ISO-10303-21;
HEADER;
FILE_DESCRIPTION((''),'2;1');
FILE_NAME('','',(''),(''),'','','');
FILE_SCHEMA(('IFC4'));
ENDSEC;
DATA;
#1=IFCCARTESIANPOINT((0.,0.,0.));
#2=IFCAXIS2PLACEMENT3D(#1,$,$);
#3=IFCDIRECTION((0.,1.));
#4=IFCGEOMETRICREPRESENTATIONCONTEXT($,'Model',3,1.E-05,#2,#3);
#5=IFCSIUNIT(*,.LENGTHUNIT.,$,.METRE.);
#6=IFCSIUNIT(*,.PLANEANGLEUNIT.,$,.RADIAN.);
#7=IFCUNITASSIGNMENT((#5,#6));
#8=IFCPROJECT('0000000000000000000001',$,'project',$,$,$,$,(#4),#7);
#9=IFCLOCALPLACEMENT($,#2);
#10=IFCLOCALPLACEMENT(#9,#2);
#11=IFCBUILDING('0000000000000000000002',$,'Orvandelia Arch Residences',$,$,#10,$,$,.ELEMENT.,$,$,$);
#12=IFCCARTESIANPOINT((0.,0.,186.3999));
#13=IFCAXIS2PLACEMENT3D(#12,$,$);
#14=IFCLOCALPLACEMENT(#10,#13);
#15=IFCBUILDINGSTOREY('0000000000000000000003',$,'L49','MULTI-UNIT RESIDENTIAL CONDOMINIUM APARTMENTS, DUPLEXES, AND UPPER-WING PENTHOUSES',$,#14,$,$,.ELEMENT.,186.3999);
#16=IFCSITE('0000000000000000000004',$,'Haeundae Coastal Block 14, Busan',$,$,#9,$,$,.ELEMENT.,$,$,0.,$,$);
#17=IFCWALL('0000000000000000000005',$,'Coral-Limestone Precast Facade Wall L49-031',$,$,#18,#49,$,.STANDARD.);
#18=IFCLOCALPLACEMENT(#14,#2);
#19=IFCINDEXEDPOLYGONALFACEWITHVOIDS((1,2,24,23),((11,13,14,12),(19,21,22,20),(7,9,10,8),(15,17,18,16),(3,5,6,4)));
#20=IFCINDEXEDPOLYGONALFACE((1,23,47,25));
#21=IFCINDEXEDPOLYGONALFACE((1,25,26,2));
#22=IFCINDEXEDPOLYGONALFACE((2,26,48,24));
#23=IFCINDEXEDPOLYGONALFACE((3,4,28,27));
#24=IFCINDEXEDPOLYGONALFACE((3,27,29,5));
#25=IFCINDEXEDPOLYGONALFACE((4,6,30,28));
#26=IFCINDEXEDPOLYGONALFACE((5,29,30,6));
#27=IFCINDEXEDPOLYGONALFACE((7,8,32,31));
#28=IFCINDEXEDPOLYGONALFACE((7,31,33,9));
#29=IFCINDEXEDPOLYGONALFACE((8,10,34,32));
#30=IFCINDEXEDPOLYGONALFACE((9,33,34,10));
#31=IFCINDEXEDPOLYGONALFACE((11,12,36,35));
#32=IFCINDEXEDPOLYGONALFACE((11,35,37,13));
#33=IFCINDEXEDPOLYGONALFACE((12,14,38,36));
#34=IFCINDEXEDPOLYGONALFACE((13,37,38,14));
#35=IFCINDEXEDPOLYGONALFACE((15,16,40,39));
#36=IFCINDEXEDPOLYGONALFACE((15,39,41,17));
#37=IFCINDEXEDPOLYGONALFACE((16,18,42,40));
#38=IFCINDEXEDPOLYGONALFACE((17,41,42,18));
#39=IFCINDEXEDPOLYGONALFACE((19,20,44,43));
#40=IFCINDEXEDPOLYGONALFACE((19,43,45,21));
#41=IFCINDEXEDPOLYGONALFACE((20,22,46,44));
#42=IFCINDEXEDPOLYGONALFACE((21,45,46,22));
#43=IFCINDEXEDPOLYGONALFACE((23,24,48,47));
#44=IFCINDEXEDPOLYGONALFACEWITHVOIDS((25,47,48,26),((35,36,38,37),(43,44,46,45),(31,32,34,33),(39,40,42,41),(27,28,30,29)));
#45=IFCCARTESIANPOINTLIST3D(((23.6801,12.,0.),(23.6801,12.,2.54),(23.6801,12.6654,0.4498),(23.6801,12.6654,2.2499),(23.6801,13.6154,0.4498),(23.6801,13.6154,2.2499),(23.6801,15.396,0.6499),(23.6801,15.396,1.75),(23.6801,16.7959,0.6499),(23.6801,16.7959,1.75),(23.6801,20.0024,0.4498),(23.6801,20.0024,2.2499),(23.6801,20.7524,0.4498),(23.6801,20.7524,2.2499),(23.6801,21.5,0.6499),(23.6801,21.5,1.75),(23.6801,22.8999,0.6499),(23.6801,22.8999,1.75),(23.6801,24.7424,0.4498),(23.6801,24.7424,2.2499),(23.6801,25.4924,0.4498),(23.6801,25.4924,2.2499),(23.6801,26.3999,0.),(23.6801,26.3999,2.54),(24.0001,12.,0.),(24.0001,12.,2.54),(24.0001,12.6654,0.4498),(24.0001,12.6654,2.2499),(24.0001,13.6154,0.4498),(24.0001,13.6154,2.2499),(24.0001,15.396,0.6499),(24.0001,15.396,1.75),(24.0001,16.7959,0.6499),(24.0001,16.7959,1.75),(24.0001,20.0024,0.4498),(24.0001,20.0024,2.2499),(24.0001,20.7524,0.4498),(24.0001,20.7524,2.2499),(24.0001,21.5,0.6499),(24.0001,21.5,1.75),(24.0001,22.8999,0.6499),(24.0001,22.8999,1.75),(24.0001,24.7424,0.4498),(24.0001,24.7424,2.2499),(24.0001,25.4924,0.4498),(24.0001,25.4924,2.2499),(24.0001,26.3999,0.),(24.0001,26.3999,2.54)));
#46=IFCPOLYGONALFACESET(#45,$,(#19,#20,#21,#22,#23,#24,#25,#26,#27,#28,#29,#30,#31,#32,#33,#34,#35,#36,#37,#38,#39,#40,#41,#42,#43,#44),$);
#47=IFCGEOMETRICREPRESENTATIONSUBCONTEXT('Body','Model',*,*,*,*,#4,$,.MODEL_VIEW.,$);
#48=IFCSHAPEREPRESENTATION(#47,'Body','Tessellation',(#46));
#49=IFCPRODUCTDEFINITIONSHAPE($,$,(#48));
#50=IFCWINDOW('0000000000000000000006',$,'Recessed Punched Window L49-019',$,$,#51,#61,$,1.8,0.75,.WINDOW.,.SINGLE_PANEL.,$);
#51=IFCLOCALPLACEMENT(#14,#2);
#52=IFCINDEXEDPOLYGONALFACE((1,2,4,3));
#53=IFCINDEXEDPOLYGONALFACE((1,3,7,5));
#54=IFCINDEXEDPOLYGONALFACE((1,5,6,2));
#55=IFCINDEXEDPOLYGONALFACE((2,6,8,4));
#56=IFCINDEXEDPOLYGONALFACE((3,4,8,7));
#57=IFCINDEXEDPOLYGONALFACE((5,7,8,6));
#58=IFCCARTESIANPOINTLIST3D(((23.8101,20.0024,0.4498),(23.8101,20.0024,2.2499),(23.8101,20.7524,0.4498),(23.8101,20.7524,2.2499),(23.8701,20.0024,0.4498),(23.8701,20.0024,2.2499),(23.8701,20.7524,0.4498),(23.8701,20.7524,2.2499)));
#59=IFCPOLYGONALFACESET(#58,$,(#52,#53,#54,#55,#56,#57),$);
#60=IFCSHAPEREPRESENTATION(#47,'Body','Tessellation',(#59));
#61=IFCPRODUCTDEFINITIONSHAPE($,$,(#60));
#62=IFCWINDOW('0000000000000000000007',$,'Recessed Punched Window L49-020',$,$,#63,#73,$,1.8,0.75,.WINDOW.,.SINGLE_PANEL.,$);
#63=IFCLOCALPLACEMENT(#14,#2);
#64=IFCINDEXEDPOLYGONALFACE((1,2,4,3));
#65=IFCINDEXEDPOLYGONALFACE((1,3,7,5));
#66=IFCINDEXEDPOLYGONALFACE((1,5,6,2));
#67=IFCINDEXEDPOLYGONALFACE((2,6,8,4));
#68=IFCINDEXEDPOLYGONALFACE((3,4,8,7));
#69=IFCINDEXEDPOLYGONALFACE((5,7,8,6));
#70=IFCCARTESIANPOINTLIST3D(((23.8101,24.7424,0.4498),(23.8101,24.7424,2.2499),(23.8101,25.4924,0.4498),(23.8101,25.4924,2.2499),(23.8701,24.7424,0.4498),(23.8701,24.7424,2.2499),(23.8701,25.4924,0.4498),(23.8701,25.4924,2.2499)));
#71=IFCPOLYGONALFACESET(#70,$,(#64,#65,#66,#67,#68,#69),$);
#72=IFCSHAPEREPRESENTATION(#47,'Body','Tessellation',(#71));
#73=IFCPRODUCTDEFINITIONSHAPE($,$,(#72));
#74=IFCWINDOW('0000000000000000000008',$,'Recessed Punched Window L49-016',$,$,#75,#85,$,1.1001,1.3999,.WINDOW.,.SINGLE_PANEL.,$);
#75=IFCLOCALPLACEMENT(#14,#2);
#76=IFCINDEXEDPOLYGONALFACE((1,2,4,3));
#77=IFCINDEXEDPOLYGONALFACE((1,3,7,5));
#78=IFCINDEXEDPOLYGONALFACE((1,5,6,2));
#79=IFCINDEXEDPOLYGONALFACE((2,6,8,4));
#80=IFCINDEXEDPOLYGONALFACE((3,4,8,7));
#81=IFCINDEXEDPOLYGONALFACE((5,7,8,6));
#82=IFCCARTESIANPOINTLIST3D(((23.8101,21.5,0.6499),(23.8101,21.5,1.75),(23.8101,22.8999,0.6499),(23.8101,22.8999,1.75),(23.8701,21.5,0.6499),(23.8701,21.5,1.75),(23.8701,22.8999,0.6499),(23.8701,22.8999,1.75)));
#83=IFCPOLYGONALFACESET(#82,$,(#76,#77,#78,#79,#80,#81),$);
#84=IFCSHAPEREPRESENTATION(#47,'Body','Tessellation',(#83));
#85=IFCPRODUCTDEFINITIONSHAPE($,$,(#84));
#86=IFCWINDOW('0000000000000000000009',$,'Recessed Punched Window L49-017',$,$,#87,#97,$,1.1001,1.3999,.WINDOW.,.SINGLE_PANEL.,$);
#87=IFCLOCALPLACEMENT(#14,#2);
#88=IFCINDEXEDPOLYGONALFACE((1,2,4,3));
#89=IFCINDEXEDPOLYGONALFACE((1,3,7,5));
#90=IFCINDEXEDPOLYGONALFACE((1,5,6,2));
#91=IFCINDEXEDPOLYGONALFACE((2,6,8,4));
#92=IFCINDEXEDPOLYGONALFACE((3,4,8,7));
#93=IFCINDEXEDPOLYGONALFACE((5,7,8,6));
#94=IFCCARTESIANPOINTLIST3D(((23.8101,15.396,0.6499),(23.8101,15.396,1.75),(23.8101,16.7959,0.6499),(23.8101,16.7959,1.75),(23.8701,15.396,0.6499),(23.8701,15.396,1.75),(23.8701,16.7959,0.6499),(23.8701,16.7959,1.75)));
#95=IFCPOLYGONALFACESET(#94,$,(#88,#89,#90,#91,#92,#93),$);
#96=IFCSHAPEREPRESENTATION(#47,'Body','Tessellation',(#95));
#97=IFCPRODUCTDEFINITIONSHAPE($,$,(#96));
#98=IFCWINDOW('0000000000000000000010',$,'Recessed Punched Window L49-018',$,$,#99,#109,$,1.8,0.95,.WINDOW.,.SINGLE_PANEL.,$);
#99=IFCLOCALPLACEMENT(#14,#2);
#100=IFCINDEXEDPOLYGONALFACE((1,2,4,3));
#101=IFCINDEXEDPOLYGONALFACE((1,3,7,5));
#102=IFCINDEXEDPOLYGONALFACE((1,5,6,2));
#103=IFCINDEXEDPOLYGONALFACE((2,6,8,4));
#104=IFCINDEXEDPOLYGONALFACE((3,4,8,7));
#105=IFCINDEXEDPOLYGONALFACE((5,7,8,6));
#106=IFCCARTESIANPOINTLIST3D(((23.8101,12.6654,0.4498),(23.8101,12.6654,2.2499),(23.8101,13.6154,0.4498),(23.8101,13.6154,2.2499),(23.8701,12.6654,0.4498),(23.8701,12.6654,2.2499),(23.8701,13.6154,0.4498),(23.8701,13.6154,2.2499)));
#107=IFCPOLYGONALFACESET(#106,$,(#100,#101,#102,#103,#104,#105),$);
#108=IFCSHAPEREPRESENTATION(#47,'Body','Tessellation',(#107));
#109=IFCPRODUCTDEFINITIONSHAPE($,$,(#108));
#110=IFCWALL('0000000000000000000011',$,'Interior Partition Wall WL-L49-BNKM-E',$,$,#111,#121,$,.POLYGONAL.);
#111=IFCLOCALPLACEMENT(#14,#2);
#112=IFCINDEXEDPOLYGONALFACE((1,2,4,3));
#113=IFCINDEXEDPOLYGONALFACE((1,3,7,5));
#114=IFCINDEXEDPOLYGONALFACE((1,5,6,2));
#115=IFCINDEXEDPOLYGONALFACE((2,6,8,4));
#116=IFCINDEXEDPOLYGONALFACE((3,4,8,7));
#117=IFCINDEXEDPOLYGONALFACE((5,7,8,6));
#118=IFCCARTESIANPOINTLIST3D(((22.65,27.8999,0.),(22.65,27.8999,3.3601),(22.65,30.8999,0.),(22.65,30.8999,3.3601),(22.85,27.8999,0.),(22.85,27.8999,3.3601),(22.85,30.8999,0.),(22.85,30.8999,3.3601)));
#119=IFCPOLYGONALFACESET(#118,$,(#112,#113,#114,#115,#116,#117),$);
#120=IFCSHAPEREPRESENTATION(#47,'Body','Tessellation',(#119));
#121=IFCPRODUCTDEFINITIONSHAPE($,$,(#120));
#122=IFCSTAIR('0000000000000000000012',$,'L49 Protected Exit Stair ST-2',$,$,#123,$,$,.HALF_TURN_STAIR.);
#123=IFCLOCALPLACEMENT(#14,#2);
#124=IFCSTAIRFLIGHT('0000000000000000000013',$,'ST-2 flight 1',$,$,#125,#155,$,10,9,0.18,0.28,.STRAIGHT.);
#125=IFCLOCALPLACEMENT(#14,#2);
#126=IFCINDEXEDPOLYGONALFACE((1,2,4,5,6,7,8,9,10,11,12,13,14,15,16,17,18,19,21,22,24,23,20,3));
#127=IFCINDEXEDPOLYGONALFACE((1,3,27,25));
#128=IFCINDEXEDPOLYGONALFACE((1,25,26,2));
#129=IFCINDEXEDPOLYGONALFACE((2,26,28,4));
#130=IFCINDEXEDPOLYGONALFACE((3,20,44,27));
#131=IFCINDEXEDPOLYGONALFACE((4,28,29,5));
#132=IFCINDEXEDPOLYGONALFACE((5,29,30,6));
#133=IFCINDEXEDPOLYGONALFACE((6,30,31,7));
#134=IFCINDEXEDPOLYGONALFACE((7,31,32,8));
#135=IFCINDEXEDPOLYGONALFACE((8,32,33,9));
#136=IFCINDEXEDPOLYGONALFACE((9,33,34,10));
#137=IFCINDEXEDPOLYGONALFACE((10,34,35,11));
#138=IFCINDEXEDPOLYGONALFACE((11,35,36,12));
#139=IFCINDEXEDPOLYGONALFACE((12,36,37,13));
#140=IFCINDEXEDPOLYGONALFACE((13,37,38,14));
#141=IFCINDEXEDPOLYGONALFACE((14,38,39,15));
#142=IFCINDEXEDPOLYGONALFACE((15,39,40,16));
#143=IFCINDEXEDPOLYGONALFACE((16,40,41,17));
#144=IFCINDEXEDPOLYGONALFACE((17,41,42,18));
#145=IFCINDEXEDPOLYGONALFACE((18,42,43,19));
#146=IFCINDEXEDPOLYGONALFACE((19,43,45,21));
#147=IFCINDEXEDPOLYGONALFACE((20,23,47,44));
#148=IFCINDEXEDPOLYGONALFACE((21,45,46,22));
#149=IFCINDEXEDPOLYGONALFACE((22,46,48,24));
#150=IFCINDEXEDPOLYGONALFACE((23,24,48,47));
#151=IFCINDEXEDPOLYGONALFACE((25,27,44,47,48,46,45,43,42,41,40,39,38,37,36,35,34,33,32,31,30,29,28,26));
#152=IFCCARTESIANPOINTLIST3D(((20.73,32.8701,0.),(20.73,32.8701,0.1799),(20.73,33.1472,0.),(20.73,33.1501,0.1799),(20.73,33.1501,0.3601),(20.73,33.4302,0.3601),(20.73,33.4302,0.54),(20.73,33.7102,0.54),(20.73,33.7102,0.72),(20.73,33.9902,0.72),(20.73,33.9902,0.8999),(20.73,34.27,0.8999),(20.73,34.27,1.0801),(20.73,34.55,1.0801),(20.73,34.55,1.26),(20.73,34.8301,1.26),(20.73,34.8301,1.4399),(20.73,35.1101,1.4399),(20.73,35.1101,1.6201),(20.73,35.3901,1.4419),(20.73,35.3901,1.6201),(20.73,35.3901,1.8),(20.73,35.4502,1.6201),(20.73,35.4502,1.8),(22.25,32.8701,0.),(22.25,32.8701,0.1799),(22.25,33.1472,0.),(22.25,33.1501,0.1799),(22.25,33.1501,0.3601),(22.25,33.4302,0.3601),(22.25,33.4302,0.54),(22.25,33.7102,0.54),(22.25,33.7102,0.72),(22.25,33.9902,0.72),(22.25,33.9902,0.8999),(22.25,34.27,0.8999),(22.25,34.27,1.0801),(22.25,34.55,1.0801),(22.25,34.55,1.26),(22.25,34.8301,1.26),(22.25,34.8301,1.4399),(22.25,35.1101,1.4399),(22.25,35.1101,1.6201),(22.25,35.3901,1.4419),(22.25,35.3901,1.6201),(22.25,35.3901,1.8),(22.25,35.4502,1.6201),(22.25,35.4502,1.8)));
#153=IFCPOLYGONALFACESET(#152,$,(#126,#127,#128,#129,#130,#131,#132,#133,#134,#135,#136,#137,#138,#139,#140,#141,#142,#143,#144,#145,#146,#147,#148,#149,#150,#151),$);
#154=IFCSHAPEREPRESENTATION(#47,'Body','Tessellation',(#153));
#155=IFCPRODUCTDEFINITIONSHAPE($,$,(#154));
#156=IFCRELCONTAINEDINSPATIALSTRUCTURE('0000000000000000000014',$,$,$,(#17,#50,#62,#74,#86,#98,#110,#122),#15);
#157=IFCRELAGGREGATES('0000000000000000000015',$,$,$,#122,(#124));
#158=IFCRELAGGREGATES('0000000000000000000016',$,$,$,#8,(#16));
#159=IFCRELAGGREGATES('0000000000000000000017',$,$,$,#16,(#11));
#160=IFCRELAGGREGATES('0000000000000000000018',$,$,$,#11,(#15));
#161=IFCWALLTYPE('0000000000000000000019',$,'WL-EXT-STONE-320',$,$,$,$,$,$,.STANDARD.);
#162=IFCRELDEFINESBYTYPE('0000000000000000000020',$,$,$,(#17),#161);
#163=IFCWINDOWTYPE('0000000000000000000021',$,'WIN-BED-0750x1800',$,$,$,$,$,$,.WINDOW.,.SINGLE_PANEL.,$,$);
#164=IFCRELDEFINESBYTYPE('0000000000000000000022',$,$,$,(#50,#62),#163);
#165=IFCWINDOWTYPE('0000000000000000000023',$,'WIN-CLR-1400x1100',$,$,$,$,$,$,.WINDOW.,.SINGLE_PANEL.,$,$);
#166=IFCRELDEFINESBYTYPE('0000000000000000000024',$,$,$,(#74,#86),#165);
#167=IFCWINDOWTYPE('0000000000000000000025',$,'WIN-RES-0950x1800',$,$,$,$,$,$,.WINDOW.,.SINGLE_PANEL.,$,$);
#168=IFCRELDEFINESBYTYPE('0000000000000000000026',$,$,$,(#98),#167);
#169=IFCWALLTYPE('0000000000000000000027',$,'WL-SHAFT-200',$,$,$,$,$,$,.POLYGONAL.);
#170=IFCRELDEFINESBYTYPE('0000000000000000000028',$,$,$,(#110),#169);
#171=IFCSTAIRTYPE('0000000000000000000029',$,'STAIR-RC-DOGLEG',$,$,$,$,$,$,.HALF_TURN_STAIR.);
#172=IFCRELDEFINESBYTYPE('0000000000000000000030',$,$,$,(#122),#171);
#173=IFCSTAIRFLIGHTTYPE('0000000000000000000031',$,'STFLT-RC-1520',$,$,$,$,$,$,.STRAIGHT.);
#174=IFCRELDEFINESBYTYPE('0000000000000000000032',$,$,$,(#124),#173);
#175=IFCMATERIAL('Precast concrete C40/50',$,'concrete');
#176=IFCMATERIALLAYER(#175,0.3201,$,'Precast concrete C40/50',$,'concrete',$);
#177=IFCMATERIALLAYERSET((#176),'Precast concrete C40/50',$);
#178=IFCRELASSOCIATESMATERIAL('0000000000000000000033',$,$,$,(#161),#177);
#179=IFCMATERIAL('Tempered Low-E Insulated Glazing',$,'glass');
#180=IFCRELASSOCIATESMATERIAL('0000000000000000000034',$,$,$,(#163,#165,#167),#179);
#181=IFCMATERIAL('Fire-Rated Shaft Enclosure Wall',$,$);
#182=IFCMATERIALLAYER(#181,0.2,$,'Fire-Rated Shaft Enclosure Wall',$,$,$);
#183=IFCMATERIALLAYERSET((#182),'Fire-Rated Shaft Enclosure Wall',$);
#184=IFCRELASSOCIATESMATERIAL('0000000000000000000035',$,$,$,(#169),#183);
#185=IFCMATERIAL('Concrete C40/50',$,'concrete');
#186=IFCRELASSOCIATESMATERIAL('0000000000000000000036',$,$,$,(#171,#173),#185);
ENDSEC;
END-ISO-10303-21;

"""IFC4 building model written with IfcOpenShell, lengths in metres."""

from ifc_helpers import new_model, si_unit, direction, frame, frame_2d, origin, place, context, subcontext, project, spatial, polyline, rectangle, outline, extrude, material, layer, layer_set, type_object, element, fill, aggregate, save


model = new_model("IFC4")

# Units and contexts
model_context = context("Model", 3, precision=1e-05, world=origin(), true_north=direction((0.0, 1.0)))
body_context = subcontext(model_context, "Body", "Model", "MODEL_VIEW")
ifc_project = project(units=[si_unit("LENGTHUNIT", "METRE"), si_unit("PLANEANGLEUNIT", "RADIAN")], contexts=[model_context])

# Site, building, storey
site_placement = place(None, origin())
site = spatial("IfcSite", under=ifc_project, at=site_placement, Name="Haeundae Coastal Block 14, Busan", CompositionType="ELEMENT", RefElevation=0.0)
building_placement = place(site_placement, origin())
building = spatial("IfcBuilding", under=site, at=building_placement, Name="Orvandelia Arch Residences", CompositionType="ELEMENT")
storey_placement = place(building_placement, frame((0.0, 0.0, 186.3999)))
storey = spatial("IfcBuildingStorey", under=building, at=storey_placement, Name="L49", Description="MULTI-UNIT RESIDENTIAL CONDOMINIUM APARTMENTS, DUPLEXES, AND UPPER-WING PENTHOUSES", CompositionType="ELEMENT", Elevation=186.3999)

# Shared definitions
ifc_material_1 = material(Name="Precast concrete C40/50", Category="concrete")
ifc_layer_1 = layer(ifc_material_1, 0.3201, Name="Precast concrete C40/50", Category="concrete")
ifc_layer_set_1 = layer_set([ifc_layer_1], Name="Precast concrete C40/50")
wall_type_1 = type_object("IfcWallType", Name="WL-EXT-STONE-320", PredefinedType="STANDARD", material=ifc_layer_set_1)

# Wall, openings, windows
wall_1_placement = place(storey_placement, frame((23.8401, 26.3999, 0.0), z_axis=(0.0, 0.0, 1.0), x_axis=(0.0, -1.0, 0.0)))
wall_1 = element("IfcWall", 1, at=wall_1_placement, inside=storey, type_object=wall_type_1, Name="Coral-Limestone Precast Facade Wall L49-031", PredefinedType="STANDARD", context=body_context, shape_type="SweptSolid", body=[
    extrude(rectangle(XDim=14.3999, YDim=0.3201, at=frame_2d((7.2, 0.0))), origin(), (0.0, 0.0, 1.0), 2.54),
])
opening_1_placement = place(wall_1_placement, frame((3.5, 0.0, 0.6499)))
opening_1 = element("IfcOpeningElement", 2, at=opening_1_placement, cuts=wall_1, PredefinedType="OPENING", context=body_context, shape_type="SweptSolid", body=[
    extrude(rectangle(XDim=1.3999, YDim=1.1001, at=frame_2d((0.7, 0.55))), frame((0.0, 0.1699, 0.0), z_axis=(0.0, -1.0, 0.0), x_axis=(1.0, 0.0, 0.0)), (0.0, 0.0, 1.0), 0.3401),
])
opening_2_placement = place(wall_1_placement, frame((9.604, 0.0, 0.6499)))
opening_2 = element("IfcOpeningElement", 3, at=opening_2_placement, cuts=wall_1, PredefinedType="OPENING", context=body_context, shape_type="SweptSolid", body=[
    extrude(rectangle(XDim=1.3999, YDim=1.1001, at=frame_2d((0.7, 0.55))), frame((0.0, 0.1699, 0.0), z_axis=(0.0, -1.0, 0.0), x_axis=(1.0, 0.0, 0.0)), (0.0, 0.0, 1.0), 0.3401),
])
opening_3_placement = place(wall_1_placement, frame((12.7844, 0.0, 0.45)))
opening_3 = element("IfcOpeningElement", 4, at=opening_3_placement, cuts=wall_1, PredefinedType="OPENING", context=body_context, shape_type="SweptSolid", body=[
    extrude(rectangle(XDim=0.95, YDim=1.8, at=frame_2d((0.4751, 0.8999))), frame((0.0, 0.1699, 0.0), z_axis=(0.0, -1.0, 0.0), x_axis=(1.0, 0.0, 0.0)), (0.0, 0.0, 1.0), 0.3401),
])
opening_4_placement = place(wall_1_placement, frame((5.6475, 0.0, 0.45)))
opening_4 = element("IfcOpeningElement", 5, at=opening_4_placement, cuts=wall_1, PredefinedType="OPENING", context=body_context, shape_type="SweptSolid", body=[
    extrude(rectangle(XDim=0.75, YDim=1.8, at=frame_2d((0.375, 0.8999))), frame((0.0, 0.1699, 0.0), z_axis=(0.0, -1.0, 0.0), x_axis=(1.0, 0.0, 0.0)), (0.0, 0.0, 1.0), 0.3401),
])
opening_5_placement = place(wall_1_placement, frame((0.9075, 0.0, 0.45)))
opening_5 = element("IfcOpeningElement", 6, at=opening_5_placement, cuts=wall_1, PredefinedType="OPENING", context=body_context, shape_type="SweptSolid", body=[
    extrude(rectangle(XDim=0.75, YDim=1.8, at=frame_2d((0.375, 0.8999))), frame((0.0, 0.1699, 0.0), z_axis=(0.0, -1.0, 0.0), x_axis=(1.0, 0.0, 0.0)), (0.0, 0.0, 1.0), 0.3401),
])
ifc_material_2 = material(Name="Tempered Low-E Insulated Glazing", Category="glass")
window_type_1 = type_object("IfcWindowType", Name="WIN-BED-0750x1800", PartitioningType="SINGLE_PANEL", PredefinedType="WINDOW", material=ifc_material_2)
window_1_placement = place(opening_4_placement, origin())
window_1 = element("IfcWindow", 7, at=window_1_placement, inside=storey, type_object=window_type_1, Name="Recessed Punched Window L49-019", OverallHeight=1.8, OverallWidth=0.75, PartitioningType="SINGLE_PANEL", PredefinedType="WINDOW", context=body_context, shape_type="SweptSolid", body=[
    extrude(rectangle(XDim=0.75, YDim=1.8, at=frame_2d((0.375, 0.8999))), frame((0.0, 0.03, 0.0), z_axis=(0.0, -1.0, 0.0), x_axis=(1.0, 0.0, 0.0)), (0.0, 0.0, 1.0), 0.0601),
])
fill(opening_4, window_1)
window_2_placement = place(opening_5_placement, origin())
window_2 = element("IfcWindow", 8, at=window_2_placement, inside=storey, type_object=window_type_1, Name="Recessed Punched Window L49-020", OverallHeight=1.8, OverallWidth=0.75, PartitioningType="SINGLE_PANEL", PredefinedType="WINDOW", context=body_context, shape_type="SweptSolid", body=[
    extrude(rectangle(XDim=0.75, YDim=1.8, at=frame_2d((0.375, 0.8999))), frame((0.0, 0.03, 0.0), z_axis=(0.0, -1.0, 0.0), x_axis=(1.0, 0.0, 0.0)), (0.0, 0.0, 1.0), 0.0601),
])
fill(opening_5, window_2)
window_type_2 = type_object("IfcWindowType", Name="WIN-CLR-1400x1100", PartitioningType="SINGLE_PANEL", PredefinedType="WINDOW", material=ifc_material_2)
window_3_placement = place(opening_1_placement, origin())
window_3 = element("IfcWindow", 9, at=window_3_placement, inside=storey, type_object=window_type_2, Name="Recessed Punched Window L49-016", OverallHeight=1.1001, OverallWidth=1.3999, PartitioningType="SINGLE_PANEL", PredefinedType="WINDOW", context=body_context, shape_type="SweptSolid", body=[
    extrude(rectangle(XDim=1.3999, YDim=1.1001, at=frame_2d((0.7, 0.55))), frame((0.0, 0.03, 0.0), z_axis=(0.0, -1.0, 0.0), x_axis=(1.0, 0.0, 0.0)), (0.0, 0.0, 1.0), 0.0601),
])
fill(opening_1, window_3)
window_4_placement = place(opening_2_placement, origin())
window_4 = element("IfcWindow", 10, at=window_4_placement, inside=storey, type_object=window_type_2, Name="Recessed Punched Window L49-017", OverallHeight=1.1001, OverallWidth=1.3999, PartitioningType="SINGLE_PANEL", PredefinedType="WINDOW", context=body_context, shape_type="SweptSolid", body=[
    extrude(rectangle(XDim=1.3999, YDim=1.1001, at=frame_2d((0.7, 0.55))), frame((0.0, 0.03, 0.0), z_axis=(0.0, -1.0, 0.0), x_axis=(1.0, 0.0, 0.0)), (0.0, 0.0, 1.0), 0.0601),
])
fill(opening_2, window_4)
window_type_3 = type_object("IfcWindowType", Name="WIN-RES-0950x1800", PartitioningType="SINGLE_PANEL", PredefinedType="WINDOW", material=ifc_material_2)
window_5_placement = place(opening_3_placement, origin())
window_5 = element("IfcWindow", 11, at=window_5_placement, inside=storey, type_object=window_type_3, Name="Recessed Punched Window L49-018", OverallHeight=1.8, OverallWidth=0.95, PartitioningType="SINGLE_PANEL", PredefinedType="WINDOW", context=body_context, shape_type="SweptSolid", body=[
    extrude(rectangle(XDim=0.95, YDim=1.8, at=frame_2d((0.4751, 0.8999))), frame((0.0, 0.03, 0.0), z_axis=(0.0, -1.0, 0.0), x_axis=(1.0, 0.0, 0.0)), (0.0, 0.0, 1.0), 0.0601),
])
fill(opening_3, window_5)

# Wall
ifc_material_3 = material(Name="Fire-Rated Shaft Enclosure Wall")
ifc_layer_2 = layer(ifc_material_3, 0.2, Name="Fire-Rated Shaft Enclosure Wall")
ifc_layer_set_2 = layer_set([ifc_layer_2], Name="Fire-Rated Shaft Enclosure Wall")
wall_type_2 = type_object("IfcWallType", Name="WL-SHAFT-200", PredefinedType="POLYGONAL", material=ifc_layer_set_2)
wall_2_placement = place(storey_placement, frame((22.75, 27.8999, 0.0), z_axis=(0.0, 0.0, 1.0), x_axis=(0.0, 1.0, 0.0)))
element("IfcWall", 12, at=wall_2_placement, inside=storey, type_object=wall_type_2, Name="Interior Partition Wall WL-L49-BNKM-E", PredefinedType="POLYGONAL", context=body_context, shape_type="SweptSolid", body=[
    extrude(rectangle(XDim=3.0, YDim=0.2, at=frame_2d((1.5, 0.0))), origin(), (0.0, 0.0, 1.0), 3.3601),
])

# Stair, stair flight
ifc_material_4 = material(Name="Concrete C40/50", Category="concrete")
stair_type = type_object("IfcStairType", Name="STAIR-RC-DOGLEG", PredefinedType="HALF_TURN_STAIR", material=ifc_material_4)
stair_placement = place(storey_placement, origin())
stair = element("IfcStair", 13, at=stair_placement, inside=storey, type_object=stair_type, Name="L49 Protected Exit Stair ST-2", PredefinedType="HALF_TURN_STAIR")
stair_flight_type = type_object("IfcStairFlightType", Name="STFLT-RC-1520", PredefinedType="STRAIGHT", material=ifc_material_4)
stair_flight_placement = place(storey_placement, frame((21.49, 32.8701, 0.0), z_axis=(0.0, 0.0, 1.0), x_axis=(0.0, 1.0, 0.0)))
stair_flight = element("IfcStairFlight", 14, at=stair_flight_placement, type_object=stair_flight_type, Name="ST-2 flight 1", NumberOfRisers=10, NumberOfTreads=9, PredefinedType="STRAIGHT", RiserHeight=0.18, TreadLength=0.28, context=body_context, shape_type="SweptSolid", body=[
    extrude(outline(polyline([(0.0, 0.0), (0.0, 0.1799), (0.28, 0.1799), (0.28, 0.3601), (0.5601, 0.3601), (0.5601, 0.54), (0.8401, 0.54), (0.8401, 0.72), (1.1201, 0.72), (1.1201, 0.8999), (1.3999, 0.8999), (1.3999, 1.0801), (1.6799, 1.0801), (1.6799, 1.26), (1.96, 1.26), (1.96, 1.4399), (2.24, 1.4399), (2.24, 1.6201), (2.52, 1.6201), (2.52, 1.8), (2.5801, 1.8), (2.5801, 1.6201), (2.52, 1.4419), (0.2771, 0.0), (0.0, 0.0)])), frame((0.0, 0.76, 0.0), z_axis=(0.0, -1.0, 0.0), x_axis=(1.0, 0.0, 0.0)), (0.0, 0.0, 1.0), 1.52),
])
aggregate(stair, [stair_flight])

save(model, "model.ifc")
